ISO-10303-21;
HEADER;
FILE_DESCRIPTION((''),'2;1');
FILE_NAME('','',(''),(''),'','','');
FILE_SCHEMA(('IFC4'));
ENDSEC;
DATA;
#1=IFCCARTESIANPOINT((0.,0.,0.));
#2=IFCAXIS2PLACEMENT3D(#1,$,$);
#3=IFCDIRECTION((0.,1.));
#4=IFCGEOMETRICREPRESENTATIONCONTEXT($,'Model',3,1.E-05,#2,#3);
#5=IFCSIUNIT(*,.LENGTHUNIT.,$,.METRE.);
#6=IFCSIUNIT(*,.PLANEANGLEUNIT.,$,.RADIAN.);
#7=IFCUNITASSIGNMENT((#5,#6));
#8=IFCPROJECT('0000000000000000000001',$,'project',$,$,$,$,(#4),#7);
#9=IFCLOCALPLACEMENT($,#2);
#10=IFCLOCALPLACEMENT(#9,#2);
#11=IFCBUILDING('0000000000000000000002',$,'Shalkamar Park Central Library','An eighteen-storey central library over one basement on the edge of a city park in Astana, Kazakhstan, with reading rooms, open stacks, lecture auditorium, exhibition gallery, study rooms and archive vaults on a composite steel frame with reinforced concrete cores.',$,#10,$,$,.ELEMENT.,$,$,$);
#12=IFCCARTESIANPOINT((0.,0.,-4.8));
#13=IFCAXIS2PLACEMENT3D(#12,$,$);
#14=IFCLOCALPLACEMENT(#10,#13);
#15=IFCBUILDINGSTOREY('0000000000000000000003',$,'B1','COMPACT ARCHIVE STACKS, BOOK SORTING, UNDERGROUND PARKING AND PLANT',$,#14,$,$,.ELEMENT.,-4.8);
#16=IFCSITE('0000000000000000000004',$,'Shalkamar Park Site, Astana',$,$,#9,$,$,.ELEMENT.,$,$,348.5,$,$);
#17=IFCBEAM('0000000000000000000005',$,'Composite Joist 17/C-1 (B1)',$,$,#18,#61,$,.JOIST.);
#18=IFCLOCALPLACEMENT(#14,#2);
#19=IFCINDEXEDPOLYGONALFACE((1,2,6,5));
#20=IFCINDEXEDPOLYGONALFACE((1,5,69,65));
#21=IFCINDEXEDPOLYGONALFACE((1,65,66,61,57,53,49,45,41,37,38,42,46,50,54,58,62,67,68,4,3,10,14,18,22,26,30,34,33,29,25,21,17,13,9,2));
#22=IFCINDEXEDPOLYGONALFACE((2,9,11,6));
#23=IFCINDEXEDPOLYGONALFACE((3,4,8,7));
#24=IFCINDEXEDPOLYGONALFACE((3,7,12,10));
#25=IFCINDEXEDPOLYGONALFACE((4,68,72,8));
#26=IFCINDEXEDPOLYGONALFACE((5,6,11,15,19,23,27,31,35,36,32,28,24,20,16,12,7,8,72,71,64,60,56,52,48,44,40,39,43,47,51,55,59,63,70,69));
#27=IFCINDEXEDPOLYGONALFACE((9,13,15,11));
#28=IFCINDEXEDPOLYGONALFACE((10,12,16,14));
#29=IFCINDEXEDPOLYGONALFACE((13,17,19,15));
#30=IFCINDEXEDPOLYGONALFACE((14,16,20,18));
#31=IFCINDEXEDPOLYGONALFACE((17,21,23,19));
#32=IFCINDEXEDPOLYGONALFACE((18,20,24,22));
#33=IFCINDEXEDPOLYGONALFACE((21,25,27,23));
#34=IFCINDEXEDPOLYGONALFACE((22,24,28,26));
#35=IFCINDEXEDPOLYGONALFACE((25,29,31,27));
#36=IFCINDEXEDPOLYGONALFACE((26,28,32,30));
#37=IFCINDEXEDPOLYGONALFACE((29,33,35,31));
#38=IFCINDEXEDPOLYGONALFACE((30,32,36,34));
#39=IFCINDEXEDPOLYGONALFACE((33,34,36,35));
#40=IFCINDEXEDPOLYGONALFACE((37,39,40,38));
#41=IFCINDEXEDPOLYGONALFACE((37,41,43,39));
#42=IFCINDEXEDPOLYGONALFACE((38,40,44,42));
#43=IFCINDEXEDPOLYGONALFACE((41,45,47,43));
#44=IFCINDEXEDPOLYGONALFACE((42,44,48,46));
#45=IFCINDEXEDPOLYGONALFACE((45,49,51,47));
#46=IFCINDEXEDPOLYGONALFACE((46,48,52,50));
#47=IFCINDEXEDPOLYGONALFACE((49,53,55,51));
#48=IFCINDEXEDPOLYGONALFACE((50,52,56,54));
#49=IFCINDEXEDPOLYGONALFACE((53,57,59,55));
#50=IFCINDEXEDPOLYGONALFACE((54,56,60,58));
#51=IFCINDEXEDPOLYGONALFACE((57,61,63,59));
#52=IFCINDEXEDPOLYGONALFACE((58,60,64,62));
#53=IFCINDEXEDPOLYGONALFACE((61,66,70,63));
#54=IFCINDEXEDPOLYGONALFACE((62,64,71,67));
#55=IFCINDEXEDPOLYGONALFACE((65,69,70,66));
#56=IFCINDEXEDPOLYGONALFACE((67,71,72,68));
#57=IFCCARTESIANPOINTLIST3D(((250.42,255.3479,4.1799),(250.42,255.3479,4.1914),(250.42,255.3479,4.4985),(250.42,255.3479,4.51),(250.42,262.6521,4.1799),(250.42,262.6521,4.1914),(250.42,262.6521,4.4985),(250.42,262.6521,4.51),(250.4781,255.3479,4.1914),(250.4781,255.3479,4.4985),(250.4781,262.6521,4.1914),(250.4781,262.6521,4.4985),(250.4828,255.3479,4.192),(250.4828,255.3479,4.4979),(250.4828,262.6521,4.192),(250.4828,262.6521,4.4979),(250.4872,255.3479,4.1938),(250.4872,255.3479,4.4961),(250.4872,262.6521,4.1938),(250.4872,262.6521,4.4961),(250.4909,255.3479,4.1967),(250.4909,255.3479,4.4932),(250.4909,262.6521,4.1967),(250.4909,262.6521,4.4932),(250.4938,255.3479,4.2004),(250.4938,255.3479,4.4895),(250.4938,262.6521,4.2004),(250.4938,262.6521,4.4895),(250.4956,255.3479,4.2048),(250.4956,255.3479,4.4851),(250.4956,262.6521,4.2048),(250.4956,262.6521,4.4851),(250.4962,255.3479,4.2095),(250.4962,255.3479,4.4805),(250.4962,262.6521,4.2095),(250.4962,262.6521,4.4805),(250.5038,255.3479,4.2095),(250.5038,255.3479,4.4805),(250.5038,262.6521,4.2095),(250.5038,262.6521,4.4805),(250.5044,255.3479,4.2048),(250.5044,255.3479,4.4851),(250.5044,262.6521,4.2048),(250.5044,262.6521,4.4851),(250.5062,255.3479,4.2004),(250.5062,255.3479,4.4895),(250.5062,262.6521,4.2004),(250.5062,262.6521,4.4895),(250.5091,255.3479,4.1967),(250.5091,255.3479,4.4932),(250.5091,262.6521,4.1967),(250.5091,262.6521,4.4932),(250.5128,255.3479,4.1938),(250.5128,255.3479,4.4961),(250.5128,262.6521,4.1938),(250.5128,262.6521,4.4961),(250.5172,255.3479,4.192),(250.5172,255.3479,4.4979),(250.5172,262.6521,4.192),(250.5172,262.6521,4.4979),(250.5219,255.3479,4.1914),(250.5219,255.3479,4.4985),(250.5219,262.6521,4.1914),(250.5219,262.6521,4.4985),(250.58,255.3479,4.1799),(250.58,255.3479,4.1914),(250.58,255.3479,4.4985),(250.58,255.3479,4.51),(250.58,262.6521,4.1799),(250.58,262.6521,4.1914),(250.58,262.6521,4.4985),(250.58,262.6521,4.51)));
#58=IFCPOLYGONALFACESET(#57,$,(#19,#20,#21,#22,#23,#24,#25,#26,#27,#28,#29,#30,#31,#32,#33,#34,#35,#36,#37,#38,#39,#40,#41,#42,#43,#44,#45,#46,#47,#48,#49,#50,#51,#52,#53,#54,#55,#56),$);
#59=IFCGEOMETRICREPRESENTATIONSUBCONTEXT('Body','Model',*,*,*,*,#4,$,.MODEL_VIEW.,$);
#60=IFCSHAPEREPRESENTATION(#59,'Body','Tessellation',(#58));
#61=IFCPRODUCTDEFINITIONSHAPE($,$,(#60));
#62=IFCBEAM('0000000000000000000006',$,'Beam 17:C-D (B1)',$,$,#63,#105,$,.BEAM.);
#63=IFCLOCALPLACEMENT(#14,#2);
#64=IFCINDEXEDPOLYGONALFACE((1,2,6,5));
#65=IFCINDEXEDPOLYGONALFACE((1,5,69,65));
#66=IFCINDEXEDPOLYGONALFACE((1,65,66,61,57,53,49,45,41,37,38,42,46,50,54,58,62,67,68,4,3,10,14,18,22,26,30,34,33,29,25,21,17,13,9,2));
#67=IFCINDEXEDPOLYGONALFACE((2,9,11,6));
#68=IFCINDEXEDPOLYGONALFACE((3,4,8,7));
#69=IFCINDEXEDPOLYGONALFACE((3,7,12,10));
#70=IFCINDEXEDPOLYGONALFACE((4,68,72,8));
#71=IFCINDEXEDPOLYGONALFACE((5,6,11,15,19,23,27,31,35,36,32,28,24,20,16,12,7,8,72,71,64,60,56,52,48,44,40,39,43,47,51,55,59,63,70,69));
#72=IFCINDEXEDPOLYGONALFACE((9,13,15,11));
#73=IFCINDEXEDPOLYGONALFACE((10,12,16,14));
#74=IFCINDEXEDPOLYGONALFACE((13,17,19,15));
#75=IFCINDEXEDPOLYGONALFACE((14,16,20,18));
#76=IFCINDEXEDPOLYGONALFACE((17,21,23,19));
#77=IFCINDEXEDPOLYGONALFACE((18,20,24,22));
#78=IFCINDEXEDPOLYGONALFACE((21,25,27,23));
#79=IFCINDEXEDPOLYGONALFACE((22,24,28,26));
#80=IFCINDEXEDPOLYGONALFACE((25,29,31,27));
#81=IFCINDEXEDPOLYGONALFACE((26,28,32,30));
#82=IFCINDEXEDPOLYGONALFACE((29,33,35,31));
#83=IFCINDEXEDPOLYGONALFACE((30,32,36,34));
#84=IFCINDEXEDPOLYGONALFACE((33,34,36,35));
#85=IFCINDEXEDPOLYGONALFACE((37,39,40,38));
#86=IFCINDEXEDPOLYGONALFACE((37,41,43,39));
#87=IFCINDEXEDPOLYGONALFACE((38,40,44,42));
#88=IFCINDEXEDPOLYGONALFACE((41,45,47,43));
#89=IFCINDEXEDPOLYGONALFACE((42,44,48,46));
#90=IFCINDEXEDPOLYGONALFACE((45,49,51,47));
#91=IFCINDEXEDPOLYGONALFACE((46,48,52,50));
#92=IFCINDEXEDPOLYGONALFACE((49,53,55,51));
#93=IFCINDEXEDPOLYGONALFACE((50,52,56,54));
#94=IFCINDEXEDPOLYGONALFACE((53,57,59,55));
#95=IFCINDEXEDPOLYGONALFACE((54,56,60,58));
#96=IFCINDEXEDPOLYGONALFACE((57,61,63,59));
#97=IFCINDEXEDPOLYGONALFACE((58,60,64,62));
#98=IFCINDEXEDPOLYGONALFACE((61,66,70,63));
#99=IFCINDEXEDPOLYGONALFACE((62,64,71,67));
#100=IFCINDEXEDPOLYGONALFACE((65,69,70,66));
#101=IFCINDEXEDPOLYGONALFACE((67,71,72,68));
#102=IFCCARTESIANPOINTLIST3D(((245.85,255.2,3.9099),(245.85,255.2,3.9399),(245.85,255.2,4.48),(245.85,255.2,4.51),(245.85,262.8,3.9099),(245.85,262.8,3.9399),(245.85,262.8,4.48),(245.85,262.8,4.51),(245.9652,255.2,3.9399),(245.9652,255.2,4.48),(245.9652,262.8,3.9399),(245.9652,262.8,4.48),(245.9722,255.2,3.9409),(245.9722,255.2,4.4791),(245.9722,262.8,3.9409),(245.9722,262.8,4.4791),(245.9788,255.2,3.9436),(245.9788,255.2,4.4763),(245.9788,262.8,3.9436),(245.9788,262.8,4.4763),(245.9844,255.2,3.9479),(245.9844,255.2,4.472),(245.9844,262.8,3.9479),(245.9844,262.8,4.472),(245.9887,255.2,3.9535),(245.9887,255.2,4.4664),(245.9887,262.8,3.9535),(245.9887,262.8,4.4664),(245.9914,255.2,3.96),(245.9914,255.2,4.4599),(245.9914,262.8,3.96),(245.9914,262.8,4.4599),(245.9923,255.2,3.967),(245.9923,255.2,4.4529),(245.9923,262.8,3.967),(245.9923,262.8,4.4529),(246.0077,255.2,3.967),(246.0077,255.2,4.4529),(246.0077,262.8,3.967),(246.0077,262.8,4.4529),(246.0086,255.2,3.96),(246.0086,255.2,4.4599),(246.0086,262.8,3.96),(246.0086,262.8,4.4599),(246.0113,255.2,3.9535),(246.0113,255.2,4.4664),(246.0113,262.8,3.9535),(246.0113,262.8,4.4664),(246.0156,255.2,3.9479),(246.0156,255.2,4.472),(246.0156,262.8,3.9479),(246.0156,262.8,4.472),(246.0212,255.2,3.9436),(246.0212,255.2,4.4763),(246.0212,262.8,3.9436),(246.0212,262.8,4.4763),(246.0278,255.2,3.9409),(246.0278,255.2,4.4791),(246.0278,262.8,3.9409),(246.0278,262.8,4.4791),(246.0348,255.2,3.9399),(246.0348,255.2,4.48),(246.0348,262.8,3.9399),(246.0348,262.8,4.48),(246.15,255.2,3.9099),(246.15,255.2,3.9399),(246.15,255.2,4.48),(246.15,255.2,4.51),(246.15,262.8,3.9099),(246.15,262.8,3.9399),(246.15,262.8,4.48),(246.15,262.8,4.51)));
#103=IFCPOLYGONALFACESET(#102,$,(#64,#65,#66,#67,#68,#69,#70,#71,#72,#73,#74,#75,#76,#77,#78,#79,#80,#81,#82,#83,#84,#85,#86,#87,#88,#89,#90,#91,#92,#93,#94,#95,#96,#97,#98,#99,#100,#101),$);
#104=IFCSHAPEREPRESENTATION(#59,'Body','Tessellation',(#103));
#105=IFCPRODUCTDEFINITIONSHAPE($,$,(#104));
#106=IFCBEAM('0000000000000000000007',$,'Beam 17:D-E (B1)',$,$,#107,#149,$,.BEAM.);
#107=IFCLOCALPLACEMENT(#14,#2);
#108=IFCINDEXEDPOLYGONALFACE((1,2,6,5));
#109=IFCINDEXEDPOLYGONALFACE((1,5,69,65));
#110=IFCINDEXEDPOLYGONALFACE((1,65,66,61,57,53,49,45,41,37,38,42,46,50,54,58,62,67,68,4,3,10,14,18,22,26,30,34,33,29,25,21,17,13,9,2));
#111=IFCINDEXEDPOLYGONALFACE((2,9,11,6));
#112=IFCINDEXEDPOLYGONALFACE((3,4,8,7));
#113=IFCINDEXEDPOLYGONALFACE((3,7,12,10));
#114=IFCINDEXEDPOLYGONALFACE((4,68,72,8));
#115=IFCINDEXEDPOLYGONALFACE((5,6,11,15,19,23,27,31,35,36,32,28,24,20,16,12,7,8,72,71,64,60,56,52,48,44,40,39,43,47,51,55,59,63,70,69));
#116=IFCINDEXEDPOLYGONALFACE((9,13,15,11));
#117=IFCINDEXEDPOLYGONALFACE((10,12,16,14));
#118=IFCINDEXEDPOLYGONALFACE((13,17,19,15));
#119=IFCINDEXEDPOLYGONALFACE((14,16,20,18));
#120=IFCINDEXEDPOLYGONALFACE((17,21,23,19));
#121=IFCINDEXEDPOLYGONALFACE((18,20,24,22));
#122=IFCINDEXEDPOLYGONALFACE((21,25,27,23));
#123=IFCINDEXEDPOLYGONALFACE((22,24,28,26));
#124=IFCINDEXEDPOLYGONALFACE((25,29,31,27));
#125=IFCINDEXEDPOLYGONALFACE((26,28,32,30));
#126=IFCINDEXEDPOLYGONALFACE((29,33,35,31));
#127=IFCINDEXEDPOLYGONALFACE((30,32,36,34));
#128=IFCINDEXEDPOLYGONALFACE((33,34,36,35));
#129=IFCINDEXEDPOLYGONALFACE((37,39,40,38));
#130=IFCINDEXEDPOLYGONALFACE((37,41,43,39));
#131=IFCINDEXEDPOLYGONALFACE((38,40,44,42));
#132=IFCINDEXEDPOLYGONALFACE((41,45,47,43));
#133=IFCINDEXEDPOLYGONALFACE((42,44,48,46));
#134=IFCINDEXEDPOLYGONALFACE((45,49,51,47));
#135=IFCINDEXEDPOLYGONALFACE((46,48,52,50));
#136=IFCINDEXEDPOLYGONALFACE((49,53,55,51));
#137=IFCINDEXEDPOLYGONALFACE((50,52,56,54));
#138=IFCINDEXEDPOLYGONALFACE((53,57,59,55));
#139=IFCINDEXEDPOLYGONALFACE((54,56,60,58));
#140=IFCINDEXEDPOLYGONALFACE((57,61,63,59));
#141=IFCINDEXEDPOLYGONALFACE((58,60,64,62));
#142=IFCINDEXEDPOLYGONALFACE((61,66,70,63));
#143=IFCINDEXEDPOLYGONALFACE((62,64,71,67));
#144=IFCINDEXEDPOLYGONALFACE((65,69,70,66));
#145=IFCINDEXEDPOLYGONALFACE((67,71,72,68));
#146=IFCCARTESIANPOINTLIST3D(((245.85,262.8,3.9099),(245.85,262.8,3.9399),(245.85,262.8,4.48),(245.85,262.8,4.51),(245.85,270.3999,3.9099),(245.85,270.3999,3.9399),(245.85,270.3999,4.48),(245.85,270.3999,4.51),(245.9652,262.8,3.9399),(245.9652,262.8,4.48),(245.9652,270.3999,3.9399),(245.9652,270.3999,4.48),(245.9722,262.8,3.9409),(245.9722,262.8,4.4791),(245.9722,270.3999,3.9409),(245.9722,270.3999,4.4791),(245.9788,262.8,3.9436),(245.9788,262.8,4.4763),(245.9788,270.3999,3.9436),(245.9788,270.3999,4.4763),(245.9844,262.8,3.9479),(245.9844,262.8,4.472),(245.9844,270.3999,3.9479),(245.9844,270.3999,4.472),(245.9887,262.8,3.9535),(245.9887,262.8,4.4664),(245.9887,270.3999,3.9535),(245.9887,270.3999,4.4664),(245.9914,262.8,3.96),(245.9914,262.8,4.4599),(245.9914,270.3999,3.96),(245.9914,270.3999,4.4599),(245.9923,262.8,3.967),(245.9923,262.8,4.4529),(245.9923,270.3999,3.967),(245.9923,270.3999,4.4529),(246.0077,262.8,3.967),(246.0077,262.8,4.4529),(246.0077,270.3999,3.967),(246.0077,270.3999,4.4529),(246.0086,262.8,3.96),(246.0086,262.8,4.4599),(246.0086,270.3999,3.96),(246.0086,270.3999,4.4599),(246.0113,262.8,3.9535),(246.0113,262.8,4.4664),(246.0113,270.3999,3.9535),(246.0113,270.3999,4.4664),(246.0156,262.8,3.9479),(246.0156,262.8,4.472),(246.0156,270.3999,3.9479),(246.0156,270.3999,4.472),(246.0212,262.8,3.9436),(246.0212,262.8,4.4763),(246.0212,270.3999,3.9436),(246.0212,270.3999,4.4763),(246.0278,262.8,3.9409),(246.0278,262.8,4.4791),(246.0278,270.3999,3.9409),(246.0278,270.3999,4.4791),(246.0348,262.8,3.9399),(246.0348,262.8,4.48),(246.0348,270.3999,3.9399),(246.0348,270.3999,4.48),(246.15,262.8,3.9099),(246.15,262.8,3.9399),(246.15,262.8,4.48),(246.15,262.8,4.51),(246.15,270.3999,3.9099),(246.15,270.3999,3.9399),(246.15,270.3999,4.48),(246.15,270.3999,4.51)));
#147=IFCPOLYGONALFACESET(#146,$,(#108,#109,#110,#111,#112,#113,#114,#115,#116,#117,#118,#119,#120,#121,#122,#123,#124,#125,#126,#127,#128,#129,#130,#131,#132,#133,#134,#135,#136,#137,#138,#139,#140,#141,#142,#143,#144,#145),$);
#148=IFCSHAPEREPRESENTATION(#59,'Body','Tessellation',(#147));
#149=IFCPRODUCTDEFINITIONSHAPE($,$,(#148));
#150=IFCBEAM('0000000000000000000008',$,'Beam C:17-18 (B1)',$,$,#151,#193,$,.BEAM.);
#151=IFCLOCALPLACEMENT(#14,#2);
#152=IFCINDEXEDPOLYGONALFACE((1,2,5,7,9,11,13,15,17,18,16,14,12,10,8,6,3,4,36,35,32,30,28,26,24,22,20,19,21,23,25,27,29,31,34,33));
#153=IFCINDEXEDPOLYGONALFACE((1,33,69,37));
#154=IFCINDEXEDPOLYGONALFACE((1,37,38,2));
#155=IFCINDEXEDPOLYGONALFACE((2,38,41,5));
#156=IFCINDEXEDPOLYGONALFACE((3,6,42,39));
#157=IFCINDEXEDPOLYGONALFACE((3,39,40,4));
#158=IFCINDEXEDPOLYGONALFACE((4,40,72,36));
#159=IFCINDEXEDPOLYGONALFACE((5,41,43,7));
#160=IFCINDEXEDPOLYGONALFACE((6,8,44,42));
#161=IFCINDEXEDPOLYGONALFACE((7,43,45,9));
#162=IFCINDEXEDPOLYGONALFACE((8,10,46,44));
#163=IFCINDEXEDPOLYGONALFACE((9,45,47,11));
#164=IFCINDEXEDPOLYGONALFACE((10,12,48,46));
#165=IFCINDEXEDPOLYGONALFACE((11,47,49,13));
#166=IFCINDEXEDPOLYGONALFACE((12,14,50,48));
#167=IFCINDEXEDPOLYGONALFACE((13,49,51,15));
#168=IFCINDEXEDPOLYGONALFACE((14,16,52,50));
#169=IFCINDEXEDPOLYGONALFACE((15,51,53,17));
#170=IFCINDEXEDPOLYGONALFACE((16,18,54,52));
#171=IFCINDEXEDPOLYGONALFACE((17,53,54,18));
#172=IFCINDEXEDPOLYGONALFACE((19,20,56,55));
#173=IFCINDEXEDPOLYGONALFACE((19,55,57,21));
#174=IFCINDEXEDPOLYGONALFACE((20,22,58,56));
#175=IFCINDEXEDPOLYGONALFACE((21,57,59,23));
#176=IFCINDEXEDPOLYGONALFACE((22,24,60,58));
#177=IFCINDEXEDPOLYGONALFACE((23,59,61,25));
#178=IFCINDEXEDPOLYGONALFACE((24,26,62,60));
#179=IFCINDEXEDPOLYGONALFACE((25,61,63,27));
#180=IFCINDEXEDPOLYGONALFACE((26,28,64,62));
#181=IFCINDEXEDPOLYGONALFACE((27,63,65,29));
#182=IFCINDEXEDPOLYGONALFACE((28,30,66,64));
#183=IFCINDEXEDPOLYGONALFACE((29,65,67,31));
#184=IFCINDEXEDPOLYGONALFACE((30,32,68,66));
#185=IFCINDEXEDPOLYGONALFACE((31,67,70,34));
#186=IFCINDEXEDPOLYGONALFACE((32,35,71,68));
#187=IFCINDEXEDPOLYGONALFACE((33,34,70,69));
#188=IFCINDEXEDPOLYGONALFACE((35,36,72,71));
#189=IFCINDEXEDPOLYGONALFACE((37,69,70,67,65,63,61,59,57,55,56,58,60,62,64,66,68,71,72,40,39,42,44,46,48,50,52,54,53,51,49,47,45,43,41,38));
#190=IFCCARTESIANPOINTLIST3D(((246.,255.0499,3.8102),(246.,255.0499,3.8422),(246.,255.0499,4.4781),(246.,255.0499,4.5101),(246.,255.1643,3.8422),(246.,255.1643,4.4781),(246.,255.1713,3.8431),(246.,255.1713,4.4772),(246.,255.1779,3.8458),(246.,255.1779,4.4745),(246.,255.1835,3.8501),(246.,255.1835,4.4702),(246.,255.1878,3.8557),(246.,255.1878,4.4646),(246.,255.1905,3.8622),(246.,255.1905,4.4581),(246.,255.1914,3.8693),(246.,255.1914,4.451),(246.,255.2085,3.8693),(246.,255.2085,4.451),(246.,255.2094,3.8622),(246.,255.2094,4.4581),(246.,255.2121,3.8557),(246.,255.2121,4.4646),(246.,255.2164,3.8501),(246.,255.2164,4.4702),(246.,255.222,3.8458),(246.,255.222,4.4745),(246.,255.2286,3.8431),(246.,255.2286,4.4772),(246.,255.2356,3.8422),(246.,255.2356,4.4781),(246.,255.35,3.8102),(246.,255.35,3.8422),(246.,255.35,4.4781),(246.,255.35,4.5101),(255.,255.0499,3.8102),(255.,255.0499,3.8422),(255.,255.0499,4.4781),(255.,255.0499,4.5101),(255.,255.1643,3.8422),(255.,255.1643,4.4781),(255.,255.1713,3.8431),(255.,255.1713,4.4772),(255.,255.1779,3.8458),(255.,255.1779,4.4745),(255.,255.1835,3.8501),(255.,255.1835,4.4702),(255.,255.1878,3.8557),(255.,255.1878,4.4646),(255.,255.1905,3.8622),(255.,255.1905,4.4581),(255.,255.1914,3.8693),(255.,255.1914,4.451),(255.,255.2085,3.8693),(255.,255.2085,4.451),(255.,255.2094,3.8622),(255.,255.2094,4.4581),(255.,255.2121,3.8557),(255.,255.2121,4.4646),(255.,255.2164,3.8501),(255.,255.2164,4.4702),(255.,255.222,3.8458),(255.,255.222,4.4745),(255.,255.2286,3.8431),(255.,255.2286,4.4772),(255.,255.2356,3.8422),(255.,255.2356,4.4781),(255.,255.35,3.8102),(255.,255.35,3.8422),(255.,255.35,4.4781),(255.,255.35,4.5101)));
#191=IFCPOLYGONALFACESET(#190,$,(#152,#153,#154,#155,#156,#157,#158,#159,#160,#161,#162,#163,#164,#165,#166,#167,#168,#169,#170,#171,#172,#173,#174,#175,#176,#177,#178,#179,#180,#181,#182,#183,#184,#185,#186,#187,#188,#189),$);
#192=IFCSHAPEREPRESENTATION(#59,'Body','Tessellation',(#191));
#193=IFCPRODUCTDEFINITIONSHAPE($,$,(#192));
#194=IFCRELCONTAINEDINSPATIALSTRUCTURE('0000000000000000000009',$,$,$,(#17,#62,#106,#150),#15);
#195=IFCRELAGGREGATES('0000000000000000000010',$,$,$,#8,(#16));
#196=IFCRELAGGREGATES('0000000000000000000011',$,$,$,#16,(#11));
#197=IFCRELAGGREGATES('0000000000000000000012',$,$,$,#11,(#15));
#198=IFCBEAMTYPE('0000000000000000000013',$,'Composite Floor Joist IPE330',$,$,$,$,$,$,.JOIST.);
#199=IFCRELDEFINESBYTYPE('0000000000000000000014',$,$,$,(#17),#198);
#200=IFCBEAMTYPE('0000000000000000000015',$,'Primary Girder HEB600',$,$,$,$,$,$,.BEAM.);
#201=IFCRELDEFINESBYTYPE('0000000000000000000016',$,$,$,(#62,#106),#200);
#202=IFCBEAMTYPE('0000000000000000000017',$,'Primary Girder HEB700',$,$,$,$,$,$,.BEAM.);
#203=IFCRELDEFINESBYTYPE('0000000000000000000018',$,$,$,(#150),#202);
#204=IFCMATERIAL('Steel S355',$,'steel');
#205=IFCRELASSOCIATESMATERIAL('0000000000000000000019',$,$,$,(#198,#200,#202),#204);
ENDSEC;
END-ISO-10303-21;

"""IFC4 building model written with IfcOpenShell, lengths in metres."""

from ifc_helpers import new_model, si_unit, direction, frame, origin, origin_2d, place, context, subcontext, project, spatial, i_section, extrude, material, material_profile, profile_set, type_object, element, save


model = new_model("IFC4")

# Units and contexts
model_context = context("Model", 3, precision=1e-05, world=origin(), true_north=direction((0.0, 1.0)))
body_context = subcontext(model_context, "Body", "Model", "MODEL_VIEW")
ifc_project = project(units=[si_unit("LENGTHUNIT", "METRE"), si_unit("PLANEANGLEUNIT", "RADIAN")], contexts=[model_context])

# Site, building, storey
site_placement = place(None, origin())
site = spatial("IfcSite", under=ifc_project, at=site_placement, Name="Shalkamar Park Site, Astana", CompositionType="ELEMENT", RefElevation=348.5)
building_placement = place(site_placement, origin())
building = spatial("IfcBuilding", under=site, at=building_placement, Name="Shalkamar Park Central Library", Description="An eighteen-storey central library over one basement on the edge of a city park in Astana, Kazakhstan, with reading rooms, open stacks, lecture auditorium, exhibition gallery, study rooms and archive vaults on a composite steel frame with reinforced concrete cores.", CompositionType="ELEMENT")
storey_placement = place(building_placement, frame((0.0, 0.0, -4.8)))
storey = spatial("IfcBuildingStorey", under=building, at=storey_placement, Name="B1", Description="COMPACT ARCHIVE STACKS, BOOK SORTING, UNDERGROUND PARKING AND PLANT", CompositionType="ELEMENT", Elevation=-4.8)

# Shared definitions
ifc_material_1 = material(Name="Steel S355", Category="steel")

# Beams
ifc_material_profile_1 = material_profile(ifc_material_1, i_section(OverallWidth=0.1599, OverallDepth=0.3301, WebThickness=0.0076, FlangeThickness=0.0115, FilletRadius=0.0181, at=origin_2d()), Name="IPE 330")
ifc_profile_set_1 = profile_set([ifc_material_profile_1], Name="Steel S355")
beam_type_1 = type_object("IfcBeamType", Name="Composite Floor Joist IPE330", PredefinedType="JOIST", material=ifc_profile_set_1)
for number, where, z_axis, x_axis, name in (
    (1, (250.5, 255.3479, 4.345), (0.0, 1.0, 0.0), (-1.0, 0.0, 0.0), "Composite Joist 17/C-1 (B1)"),
):
    element("IfcBeam", number, at=place(storey_placement, frame(where, z_axis=z_axis, x_axis=x_axis)), inside=storey, type_object=beam_type_1, Name=name, PredefinedType="JOIST", context=body_context, shape_type="SweptSolid", body=[
        extrude(i_section(OverallWidth=0.1599, OverallDepth=0.3301, WebThickness=0.0076, FlangeThickness=0.0115, FilletRadius=0.0181, at=origin_2d()), origin(), (0.0, 0.0, 1.0), 7.3042),
    ])
ifc_material_profile_2 = material_profile(ifc_material_1, i_section(OverallWidth=0.3, OverallDepth=0.6001, WebThickness=0.0154, FlangeThickness=0.03, FilletRadius=0.0271, at=origin_2d()), Name="HEB 600")
ifc_profile_set_2 = profile_set([ifc_material_profile_2], Name="Steel S355")
beam_type_2 = type_object("IfcBeamType", Name="Primary Girder HEB600", PredefinedType="BEAM", material=ifc_profile_set_2)
beam_1_placement = place(storey_placement, frame((246.0, 255.2, 4.21), z_axis=(0.0, 1.0, 0.0), x_axis=(-1.0, 0.0, 0.0)))
element("IfcBeam", 2, at=beam_1_placement, inside=storey, type_object=beam_type_2, Name="Beam 17:C-D (B1)", PredefinedType="BEAM", context=body_context, shape_type="SweptSolid", body=[
    extrude(i_section(OverallWidth=0.3, OverallDepth=0.6001, WebThickness=0.0154, FlangeThickness=0.03, FilletRadius=0.0271, at=origin_2d()), origin(), (0.0, 0.0, 1.0), 7.6001),
])
beam_2_placement = place(storey_placement, frame((246.0, 262.8, 4.21), z_axis=(0.0, 1.0, 0.0), x_axis=(-1.0, 0.0, 0.0)))
element("IfcBeam", 3, at=beam_2_placement, inside=storey, type_object=beam_type_2, Name="Beam 17:D-E (B1)", PredefinedType="BEAM", context=body_context, shape_type="SweptSolid", body=[
    extrude(i_section(OverallWidth=0.3, OverallDepth=0.6001, WebThickness=0.0154, FlangeThickness=0.03, FilletRadius=0.0271, at=origin_2d()), origin(), (0.0, 0.0, 1.0), 7.5999),
])
ifc_material_profile_3 = material_profile(ifc_material_1, i_section(OverallWidth=0.3, OverallDepth=0.7, WebThickness=0.0171, FlangeThickness=0.032, FilletRadius=0.0271, at=origin_2d()), Name="HEB 700")
ifc_profile_set_3 = profile_set([ifc_material_profile_3], Name="Steel S355")
beam_type_3 = type_object("IfcBeamType", Name="Primary Girder HEB700", PredefinedType="BEAM", material=ifc_profile_set_3)
for number, where, z_axis, x_axis, name in (
    (4, (246.0, 255.2, 4.1602), (1.0, 0.0, 0.0), (0.0, 1.0, 0.0), "Beam C:17-18 (B1)"),
):
    element("IfcBeam", number, at=place(storey_placement, frame(where, z_axis=z_axis, x_axis=x_axis)), inside=storey, type_object=beam_type_3, Name=name, PredefinedType="BEAM", context=body_context, shape_type="SweptSolid", body=[
        extrude(i_section(OverallWidth=0.3, OverallDepth=0.7, WebThickness=0.0171, FlangeThickness=0.032, FilletRadius=0.0271, at=origin_2d()), origin(), (0.0, 0.0, 1.0), 9.0),
    ])

save(model, "model.ifc")
